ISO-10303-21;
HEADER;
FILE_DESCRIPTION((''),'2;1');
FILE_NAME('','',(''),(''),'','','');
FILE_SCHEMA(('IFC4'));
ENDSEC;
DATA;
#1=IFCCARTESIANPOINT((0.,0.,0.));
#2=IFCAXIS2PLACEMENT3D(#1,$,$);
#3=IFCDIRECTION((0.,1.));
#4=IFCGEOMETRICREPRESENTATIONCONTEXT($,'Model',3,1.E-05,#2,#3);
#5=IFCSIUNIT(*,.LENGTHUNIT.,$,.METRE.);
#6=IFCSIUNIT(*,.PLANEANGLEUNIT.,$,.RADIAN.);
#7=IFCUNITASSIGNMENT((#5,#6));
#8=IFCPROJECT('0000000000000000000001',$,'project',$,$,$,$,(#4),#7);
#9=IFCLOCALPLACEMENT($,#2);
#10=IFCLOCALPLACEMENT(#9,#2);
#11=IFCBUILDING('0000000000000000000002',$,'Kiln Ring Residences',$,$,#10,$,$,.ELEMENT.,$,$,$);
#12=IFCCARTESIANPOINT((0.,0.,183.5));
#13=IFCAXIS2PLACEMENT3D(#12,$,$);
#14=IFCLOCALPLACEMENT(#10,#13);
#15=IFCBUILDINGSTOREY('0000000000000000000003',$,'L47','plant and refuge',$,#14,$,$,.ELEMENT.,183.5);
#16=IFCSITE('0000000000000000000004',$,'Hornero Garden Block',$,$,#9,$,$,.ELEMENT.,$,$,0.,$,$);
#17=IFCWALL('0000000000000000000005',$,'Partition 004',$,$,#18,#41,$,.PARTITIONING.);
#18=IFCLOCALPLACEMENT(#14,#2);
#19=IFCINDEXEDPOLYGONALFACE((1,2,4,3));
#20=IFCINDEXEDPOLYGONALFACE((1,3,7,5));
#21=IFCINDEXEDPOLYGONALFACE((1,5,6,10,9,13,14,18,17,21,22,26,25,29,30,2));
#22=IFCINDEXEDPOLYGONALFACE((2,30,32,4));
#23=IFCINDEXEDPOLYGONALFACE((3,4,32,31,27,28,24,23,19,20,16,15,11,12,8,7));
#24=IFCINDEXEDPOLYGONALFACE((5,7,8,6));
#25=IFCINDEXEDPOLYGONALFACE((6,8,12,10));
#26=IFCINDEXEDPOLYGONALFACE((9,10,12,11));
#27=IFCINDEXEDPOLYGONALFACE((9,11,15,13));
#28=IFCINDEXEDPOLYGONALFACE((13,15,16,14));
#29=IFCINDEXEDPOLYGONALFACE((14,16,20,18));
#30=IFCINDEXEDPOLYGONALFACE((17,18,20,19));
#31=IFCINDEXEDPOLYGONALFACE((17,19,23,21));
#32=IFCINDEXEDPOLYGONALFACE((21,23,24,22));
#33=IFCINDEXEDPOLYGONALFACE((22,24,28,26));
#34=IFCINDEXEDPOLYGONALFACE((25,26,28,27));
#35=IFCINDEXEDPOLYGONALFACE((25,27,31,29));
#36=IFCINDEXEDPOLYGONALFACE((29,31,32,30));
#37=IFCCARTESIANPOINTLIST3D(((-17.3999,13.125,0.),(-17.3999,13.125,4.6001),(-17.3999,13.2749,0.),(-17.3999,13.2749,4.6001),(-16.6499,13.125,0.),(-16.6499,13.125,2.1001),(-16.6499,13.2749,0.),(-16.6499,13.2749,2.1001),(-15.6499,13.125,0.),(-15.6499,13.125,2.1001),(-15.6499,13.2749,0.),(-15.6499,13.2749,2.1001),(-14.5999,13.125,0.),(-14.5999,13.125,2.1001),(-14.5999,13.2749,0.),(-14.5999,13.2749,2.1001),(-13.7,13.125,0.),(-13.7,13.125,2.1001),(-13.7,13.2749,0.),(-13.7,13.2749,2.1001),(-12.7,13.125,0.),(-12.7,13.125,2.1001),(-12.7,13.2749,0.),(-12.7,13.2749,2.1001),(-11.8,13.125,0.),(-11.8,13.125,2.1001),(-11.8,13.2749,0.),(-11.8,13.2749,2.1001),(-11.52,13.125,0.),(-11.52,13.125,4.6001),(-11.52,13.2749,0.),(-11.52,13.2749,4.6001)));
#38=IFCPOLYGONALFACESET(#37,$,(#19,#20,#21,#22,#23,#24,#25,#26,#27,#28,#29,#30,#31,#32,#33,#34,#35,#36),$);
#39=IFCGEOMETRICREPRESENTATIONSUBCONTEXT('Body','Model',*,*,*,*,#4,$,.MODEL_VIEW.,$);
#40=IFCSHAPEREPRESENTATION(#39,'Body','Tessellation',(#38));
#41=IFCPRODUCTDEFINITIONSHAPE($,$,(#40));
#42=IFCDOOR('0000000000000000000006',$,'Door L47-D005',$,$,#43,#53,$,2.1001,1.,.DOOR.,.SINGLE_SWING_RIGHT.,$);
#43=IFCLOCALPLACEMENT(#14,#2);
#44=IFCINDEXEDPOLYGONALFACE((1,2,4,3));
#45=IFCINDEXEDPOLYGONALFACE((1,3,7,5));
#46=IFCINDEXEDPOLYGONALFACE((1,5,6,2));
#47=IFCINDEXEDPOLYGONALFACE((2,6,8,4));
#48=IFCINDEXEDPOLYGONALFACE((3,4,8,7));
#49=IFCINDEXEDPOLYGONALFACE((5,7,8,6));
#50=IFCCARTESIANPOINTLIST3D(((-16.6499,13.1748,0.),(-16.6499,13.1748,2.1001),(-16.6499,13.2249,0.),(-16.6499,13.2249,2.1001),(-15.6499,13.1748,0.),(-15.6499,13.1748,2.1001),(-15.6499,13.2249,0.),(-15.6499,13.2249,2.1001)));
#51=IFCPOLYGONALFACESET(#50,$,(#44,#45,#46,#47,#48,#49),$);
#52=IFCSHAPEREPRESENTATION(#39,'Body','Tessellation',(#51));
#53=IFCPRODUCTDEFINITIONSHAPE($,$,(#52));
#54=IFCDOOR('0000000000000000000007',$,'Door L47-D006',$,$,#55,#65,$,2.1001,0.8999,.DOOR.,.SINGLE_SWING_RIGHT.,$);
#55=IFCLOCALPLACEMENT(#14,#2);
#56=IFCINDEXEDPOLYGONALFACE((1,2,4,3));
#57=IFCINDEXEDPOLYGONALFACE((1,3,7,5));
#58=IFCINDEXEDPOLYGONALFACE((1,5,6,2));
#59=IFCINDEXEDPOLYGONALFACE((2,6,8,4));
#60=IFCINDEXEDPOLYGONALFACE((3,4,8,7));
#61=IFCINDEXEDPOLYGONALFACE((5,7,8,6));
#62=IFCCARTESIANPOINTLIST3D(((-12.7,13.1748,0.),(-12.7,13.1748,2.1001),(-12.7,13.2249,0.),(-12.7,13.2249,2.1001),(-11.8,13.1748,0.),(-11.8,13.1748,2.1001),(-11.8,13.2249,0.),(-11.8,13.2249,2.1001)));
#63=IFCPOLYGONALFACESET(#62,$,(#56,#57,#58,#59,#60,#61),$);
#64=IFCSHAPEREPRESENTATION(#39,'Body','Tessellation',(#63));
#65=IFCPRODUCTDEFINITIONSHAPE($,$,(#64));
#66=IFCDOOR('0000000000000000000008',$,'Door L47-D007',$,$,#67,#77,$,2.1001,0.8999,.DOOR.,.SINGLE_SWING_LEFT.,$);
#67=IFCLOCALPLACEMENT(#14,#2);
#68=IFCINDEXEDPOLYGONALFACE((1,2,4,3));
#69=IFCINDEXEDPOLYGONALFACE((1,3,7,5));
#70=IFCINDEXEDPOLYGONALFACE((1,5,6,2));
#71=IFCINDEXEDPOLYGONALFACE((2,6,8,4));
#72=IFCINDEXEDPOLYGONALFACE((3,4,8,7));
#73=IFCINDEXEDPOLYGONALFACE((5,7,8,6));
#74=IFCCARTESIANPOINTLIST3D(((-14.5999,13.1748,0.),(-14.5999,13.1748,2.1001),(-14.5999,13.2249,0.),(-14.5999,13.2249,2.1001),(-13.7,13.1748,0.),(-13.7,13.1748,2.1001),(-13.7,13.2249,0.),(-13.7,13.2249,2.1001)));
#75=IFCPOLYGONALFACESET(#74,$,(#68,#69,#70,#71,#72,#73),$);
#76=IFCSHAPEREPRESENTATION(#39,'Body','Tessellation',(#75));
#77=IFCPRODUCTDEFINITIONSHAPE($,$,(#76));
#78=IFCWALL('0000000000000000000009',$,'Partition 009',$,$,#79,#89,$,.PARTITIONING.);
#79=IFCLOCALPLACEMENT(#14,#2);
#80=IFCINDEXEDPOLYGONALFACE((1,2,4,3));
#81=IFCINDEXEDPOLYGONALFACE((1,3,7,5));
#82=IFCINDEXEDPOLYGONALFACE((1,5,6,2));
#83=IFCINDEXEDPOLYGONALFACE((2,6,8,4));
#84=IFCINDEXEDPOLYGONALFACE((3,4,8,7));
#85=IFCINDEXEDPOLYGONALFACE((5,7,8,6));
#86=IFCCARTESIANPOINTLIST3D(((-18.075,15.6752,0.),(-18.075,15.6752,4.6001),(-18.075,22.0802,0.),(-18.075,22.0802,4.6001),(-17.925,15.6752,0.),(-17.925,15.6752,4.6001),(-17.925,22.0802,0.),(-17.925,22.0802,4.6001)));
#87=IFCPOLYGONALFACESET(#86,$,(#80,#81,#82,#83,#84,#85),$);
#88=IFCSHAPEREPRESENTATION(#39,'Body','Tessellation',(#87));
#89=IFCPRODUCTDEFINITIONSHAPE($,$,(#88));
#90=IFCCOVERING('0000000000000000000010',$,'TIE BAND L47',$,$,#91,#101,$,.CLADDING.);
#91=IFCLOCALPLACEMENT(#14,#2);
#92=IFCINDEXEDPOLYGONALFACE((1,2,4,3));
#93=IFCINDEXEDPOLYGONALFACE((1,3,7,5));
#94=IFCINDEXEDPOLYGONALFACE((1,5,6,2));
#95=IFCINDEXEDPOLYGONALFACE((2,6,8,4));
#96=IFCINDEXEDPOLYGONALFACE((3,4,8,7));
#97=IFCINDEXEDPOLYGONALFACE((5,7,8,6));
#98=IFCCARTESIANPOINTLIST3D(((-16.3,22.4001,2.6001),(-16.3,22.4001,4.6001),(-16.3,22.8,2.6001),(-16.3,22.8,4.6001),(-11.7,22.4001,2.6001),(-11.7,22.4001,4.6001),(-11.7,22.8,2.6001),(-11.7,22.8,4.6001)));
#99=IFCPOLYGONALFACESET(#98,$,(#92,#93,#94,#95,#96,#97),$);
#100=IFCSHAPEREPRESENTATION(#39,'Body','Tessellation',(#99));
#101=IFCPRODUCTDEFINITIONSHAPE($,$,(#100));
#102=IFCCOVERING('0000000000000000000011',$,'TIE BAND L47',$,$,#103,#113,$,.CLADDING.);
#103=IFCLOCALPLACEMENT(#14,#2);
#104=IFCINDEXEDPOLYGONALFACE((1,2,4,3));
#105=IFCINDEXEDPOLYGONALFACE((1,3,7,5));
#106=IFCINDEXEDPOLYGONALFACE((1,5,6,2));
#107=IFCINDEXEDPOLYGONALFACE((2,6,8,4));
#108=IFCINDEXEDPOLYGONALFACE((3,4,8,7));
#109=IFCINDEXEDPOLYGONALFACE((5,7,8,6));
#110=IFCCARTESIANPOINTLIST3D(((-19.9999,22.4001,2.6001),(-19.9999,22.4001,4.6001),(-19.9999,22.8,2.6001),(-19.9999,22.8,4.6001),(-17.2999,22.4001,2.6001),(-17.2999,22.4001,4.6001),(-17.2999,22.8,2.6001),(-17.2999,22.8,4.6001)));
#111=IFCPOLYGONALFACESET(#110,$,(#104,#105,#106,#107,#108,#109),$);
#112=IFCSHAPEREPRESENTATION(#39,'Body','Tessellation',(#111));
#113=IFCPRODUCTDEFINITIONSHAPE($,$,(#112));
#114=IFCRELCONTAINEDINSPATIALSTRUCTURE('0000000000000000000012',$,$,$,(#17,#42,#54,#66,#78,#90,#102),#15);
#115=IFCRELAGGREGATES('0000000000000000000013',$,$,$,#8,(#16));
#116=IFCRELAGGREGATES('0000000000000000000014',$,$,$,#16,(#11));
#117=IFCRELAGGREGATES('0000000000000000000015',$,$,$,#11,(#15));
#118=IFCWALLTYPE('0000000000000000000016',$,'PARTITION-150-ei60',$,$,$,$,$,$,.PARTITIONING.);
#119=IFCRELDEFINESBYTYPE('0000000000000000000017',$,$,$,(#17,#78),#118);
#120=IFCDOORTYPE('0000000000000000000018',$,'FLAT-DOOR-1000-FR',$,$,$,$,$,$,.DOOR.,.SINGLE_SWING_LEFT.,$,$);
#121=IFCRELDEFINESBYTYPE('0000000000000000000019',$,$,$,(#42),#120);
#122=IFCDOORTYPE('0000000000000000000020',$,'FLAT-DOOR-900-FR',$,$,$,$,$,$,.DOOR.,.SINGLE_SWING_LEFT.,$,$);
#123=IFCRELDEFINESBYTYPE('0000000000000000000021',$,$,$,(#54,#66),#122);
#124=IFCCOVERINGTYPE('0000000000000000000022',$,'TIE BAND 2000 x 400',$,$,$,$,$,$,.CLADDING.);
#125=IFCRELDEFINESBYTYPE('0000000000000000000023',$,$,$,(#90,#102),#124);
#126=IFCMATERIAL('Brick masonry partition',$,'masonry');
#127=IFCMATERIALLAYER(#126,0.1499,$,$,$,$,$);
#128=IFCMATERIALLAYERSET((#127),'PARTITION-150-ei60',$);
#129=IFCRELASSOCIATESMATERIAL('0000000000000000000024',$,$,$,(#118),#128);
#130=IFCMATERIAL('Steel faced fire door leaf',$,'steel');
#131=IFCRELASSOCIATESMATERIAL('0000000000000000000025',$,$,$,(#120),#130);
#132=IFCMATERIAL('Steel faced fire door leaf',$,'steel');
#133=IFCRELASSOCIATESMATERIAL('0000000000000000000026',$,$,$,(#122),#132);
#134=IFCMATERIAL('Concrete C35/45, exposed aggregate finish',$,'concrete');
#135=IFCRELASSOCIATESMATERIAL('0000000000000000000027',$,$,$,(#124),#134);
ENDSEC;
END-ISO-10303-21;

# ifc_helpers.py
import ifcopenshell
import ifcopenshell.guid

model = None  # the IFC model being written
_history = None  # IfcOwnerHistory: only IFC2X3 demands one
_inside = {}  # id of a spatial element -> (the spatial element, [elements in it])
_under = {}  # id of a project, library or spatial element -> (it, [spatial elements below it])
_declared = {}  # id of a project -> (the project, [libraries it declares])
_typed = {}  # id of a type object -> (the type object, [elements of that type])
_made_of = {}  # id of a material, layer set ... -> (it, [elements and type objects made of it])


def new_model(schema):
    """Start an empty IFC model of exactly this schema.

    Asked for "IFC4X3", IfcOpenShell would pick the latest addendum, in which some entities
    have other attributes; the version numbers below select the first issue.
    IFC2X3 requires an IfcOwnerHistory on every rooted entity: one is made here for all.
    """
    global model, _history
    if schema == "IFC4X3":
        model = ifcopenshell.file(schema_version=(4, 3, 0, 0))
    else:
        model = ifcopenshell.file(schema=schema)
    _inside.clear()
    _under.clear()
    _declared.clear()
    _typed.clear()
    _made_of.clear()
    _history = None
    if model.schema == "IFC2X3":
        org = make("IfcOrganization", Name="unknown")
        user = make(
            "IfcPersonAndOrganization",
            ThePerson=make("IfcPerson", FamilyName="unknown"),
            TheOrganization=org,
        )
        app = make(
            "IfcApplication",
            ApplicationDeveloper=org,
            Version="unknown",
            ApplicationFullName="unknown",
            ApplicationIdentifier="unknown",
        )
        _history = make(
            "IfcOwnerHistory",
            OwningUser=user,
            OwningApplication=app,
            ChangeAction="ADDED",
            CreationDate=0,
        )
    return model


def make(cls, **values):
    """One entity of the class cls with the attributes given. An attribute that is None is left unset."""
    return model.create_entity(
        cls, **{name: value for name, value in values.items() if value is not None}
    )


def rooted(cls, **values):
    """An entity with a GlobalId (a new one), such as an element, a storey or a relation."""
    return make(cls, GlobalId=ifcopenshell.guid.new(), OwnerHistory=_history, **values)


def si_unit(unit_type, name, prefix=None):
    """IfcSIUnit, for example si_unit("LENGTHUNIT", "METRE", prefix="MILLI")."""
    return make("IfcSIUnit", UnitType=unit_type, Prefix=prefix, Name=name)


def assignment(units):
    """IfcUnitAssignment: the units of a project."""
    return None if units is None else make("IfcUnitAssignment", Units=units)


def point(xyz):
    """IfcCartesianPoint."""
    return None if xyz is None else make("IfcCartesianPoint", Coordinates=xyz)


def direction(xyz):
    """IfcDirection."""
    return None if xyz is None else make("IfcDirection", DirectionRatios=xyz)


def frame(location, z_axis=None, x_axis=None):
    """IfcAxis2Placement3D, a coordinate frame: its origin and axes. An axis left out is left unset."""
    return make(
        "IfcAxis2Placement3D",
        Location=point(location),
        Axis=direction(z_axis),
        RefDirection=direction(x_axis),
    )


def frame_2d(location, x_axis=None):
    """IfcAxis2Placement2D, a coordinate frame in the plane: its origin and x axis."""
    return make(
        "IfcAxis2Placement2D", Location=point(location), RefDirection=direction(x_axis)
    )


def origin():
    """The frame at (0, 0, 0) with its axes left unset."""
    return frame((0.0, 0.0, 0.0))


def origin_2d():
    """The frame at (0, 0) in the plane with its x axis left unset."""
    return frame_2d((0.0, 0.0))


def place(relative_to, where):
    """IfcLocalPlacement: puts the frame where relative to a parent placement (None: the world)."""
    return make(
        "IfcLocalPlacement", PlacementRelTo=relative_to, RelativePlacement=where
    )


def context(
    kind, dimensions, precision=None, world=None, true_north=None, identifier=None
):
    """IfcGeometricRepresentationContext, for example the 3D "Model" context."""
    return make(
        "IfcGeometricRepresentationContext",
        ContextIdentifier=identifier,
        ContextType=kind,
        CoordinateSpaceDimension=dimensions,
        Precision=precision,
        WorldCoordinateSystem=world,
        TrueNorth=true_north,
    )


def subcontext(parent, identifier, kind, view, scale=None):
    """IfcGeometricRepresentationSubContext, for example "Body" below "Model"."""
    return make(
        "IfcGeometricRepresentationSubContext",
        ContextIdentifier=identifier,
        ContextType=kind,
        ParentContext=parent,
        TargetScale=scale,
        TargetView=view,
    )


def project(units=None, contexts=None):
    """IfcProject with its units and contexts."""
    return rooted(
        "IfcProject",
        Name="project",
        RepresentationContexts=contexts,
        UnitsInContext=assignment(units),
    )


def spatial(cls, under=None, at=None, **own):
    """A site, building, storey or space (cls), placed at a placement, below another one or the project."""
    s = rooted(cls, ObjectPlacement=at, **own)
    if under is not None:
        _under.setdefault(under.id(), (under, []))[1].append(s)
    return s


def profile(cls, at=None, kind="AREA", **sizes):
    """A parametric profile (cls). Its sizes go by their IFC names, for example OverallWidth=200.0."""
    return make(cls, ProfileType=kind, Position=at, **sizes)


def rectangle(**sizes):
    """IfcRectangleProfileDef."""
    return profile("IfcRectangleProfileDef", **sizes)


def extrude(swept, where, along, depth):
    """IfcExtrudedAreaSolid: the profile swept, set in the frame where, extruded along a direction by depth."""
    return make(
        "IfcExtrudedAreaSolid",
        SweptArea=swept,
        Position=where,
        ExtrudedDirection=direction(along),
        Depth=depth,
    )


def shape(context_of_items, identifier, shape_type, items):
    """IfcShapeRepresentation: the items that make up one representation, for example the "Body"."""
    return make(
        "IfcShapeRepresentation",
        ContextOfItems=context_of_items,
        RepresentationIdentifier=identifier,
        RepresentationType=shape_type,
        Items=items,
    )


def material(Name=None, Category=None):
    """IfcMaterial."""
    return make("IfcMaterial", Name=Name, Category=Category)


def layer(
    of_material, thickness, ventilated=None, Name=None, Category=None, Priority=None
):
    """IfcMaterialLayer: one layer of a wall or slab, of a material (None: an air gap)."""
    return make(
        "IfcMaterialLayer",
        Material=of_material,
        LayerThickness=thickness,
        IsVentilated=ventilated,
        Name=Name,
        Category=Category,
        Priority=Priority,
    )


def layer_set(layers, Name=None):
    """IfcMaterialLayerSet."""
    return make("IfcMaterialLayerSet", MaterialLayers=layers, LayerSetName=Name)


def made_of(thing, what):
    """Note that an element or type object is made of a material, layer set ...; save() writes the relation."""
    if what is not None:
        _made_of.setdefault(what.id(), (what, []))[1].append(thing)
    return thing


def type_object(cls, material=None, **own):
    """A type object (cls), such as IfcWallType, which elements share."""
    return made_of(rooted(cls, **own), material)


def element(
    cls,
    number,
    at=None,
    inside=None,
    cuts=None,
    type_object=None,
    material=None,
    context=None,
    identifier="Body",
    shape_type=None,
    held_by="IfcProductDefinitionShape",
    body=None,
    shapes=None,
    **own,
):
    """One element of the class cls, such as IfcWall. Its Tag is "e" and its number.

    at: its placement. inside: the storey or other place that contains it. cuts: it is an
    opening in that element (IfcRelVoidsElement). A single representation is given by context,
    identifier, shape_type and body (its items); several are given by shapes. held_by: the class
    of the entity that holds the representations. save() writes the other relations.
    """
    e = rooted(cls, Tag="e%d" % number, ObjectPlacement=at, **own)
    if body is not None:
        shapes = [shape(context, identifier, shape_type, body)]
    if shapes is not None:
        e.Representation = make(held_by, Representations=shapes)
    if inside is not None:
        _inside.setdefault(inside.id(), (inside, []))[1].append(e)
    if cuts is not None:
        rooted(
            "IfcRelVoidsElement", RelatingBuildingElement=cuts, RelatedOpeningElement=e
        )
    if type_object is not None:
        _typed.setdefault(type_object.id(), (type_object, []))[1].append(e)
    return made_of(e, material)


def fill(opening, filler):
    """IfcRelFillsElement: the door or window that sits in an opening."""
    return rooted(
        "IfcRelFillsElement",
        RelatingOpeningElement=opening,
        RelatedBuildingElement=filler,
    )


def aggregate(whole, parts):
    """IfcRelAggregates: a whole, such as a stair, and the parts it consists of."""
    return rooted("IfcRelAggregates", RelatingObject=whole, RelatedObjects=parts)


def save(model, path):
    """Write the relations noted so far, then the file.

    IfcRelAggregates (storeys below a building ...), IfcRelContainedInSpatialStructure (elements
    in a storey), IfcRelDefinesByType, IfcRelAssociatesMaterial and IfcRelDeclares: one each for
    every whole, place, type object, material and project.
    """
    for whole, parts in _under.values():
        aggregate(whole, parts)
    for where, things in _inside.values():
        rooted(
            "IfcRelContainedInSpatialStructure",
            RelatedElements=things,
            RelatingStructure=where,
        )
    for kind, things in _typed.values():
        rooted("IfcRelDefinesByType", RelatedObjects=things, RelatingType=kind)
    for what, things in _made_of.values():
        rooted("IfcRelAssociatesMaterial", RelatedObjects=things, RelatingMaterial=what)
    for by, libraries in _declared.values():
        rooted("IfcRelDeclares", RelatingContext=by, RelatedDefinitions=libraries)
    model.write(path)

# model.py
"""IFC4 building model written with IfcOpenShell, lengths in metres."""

from ifc_helpers import new_model, si_unit, direction, frame, frame_2d, origin, origin_2d, place, context, subcontext, project, spatial, rectangle, extrude, material, layer, layer_set, type_object, element, fill, save


model = new_model("IFC4")

# Units and contexts
model_context = context("Model", 3, precision=1e-05, world=origin(), true_north=direction((0.0, 1.0)))
body_context = subcontext(model_context, "Body", "Model", "MODEL_VIEW")
ifc_project = project(units=[si_unit("LENGTHUNIT", "METRE"), si_unit("PLANEANGLEUNIT", "RADIAN")], contexts=[model_context])

# Site, building, storey
site_placement = place(None, origin())
site = spatial("IfcSite", under=ifc_project, at=site_placement, Name="Hornero Garden Block", CompositionType="ELEMENT", RefElevation=0.0)
building_placement = place(site_placement, origin())
building = spatial("IfcBuilding", under=site, at=building_placement, Name="Kiln Ring Residences", CompositionType="ELEMENT")
storey_placement = place(building_placement, frame((0.0, 0.0, 183.5)))
storey = spatial("IfcBuildingStorey", under=building, at=storey_placement, Name="L47", Description="plant and refuge", CompositionType="ELEMENT", Elevation=183.5)

# Wall, openings, doors
ifc_material_1 = material(Name="Brick masonry partition", Category="masonry")
ifc_layer_1 = layer(ifc_material_1, 0.1499)
ifc_layer_set_1 = layer_set([ifc_layer_1], Name="PARTITION-150-ei60")
wall_type_1 = type_object("IfcWallType", Name="PARTITION-150-ei60", PredefinedType="PARTITIONING", material=ifc_layer_set_1)
wall_1_placement = place(storey_placement, frame((-17.3999, 13.2, 0.0), z_axis=(0.0, 0.0, 1.0), x_axis=(1.0, 0.0, 0.0)))
wall_1 = element("IfcWall", 1, at=wall_1_placement, inside=storey, type_object=wall_type_1, Name="Partition 004", PredefinedType="PARTITIONING", context=body_context, shape_type="SweptSolid", body=[
    extrude(rectangle(XDim=5.8799, YDim=0.1499, at=frame_2d((2.9399, 0.0))), origin(), (0.0, 0.0, 1.0), 4.6001),
])
opening_1_placement = place(wall_1_placement, frame((0.75, 0.0, 0.0)))
opening_1 = element("IfcOpeningElement", 2, at=opening_1_placement, cuts=wall_1, PredefinedType="OPENING", context=body_context, shape_type="SweptSolid", body=[
    extrude(rectangle(XDim=1.0, YDim=2.1001, at=frame_2d((0.5, 1.05))), frame((0.0, 0.085, 0.0), z_axis=(0.0, -1.0, 0.0), x_axis=(1.0, 0.0, 0.0)), (0.0, 0.0, 1.0), 0.1699),
])
opening_2_placement = place(wall_1_placement, frame((4.7, 0.0, 0.0)))
opening_2 = element("IfcOpeningElement", 3, at=opening_2_placement, cuts=wall_1, PredefinedType="OPENING", context=body_context, shape_type="SweptSolid", body=[
    extrude(rectangle(XDim=0.8999, YDim=2.1001, at=frame_2d((0.45, 1.05))), frame((0.0, 0.085, 0.0), z_axis=(0.0, -1.0, 0.0), x_axis=(1.0, 0.0, 0.0)), (0.0, 0.0, 1.0), 0.1699),
])
opening_3_placement = place(wall_1_placement, frame((2.8, 0.0, 0.0)))
opening_3 = element("IfcOpeningElement", 4, at=opening_3_placement, cuts=wall_1, PredefinedType="OPENING", context=body_context, shape_type="SweptSolid", body=[
    extrude(rectangle(XDim=0.8999, YDim=2.1001, at=frame_2d((0.45, 1.05))), frame((0.0, 0.085, 0.0), z_axis=(0.0, -1.0, 0.0), x_axis=(1.0, 0.0, 0.0)), (0.0, 0.0, 1.0), 0.1699),
])
ifc_material_2 = material(Name="Steel faced fire door leaf", Category="steel")
door_type_1 = type_object("IfcDoorType", Name="FLAT-DOOR-1000-FR", OperationType="SINGLE_SWING_LEFT", PredefinedType="DOOR", material=ifc_material_2)
door_1_placement = place(opening_1_placement, origin())
door_1 = element("IfcDoor", 5, at=door_1_placement, inside=storey, type_object=door_type_1, Name="Door L47-D005", OperationType="SINGLE_SWING_RIGHT", OverallHeight=2.1001, OverallWidth=1.0, PredefinedType="DOOR", context=body_context, shape_type="SweptSolid", body=[
    extrude(rectangle(XDim=1.0, YDim=2.1001, at=frame_2d((0.5, 1.05))), frame((0.0, 0.0249, 0.0), z_axis=(0.0, -1.0, 0.0), x_axis=(1.0, 0.0, 0.0)), (0.0, 0.0, 1.0), 0.05),
])
fill(opening_1, door_1)
ifc_material_3 = material(Name="Steel faced fire door leaf", Category="steel")
door_type_2 = type_object("IfcDoorType", Name="FLAT-DOOR-900-FR", OperationType="SINGLE_SWING_LEFT", PredefinedType="DOOR", material=ifc_material_3)
door_2_placement = place(opening_2_placement, origin())
door_2 = element("IfcDoor", 6, at=door_2_placement, inside=storey, type_object=door_type_2, Name="Door L47-D006", OperationType="SINGLE_SWING_RIGHT", OverallHeight=2.1001, OverallWidth=0.8999, PredefinedType="DOOR", context=body_context, shape_type="SweptSolid", body=[
    extrude(rectangle(XDim=0.8999, YDim=2.1001, at=frame_2d((0.45, 1.05))), frame((0.0, 0.0249, 0.0), z_axis=(0.0, -1.0, 0.0), x_axis=(1.0, 0.0, 0.0)), (0.0, 0.0, 1.0), 0.05),
])
fill(opening_2, door_2)
door_3_placement = place(opening_3_placement, origin())
door_3 = element("IfcDoor", 7, at=door_3_placement, inside=storey, type_object=door_type_2, Name="Door L47-D007", OperationType="SINGLE_SWING_LEFT", OverallHeight=2.1001, OverallWidth=0.8999, PredefinedType="DOOR", context=body_context, shape_type="SweptSolid", body=[
    extrude(rectangle(XDim=0.8999, YDim=2.1001, at=frame_2d((0.45, 1.05))), frame((0.0, 0.0249, 0.0), z_axis=(0.0, -1.0, 0.0), x_axis=(1.0, 0.0, 0.0)), (0.0, 0.0, 1.0), 0.05),
])
fill(opening_3, door_3)

# Wall
wall_2_placement = place(storey_placement, frame((-18.0, 15.675, 0.0), z_axis=(0.0, 0.0, 1.0), x_axis=(0.0, 1.0, 0.0)))
element("IfcWall", 8, at=wall_2_placement, inside=storey, type_object=wall_type_1, Name="Partition 009", PredefinedType="PARTITIONING", context=body_context, shape_type="SweptSolid", body=[
    extrude(rectangle(XDim=6.405, YDim=0.1499, at=frame_2d((3.2026, 0.0))), origin(), (0.0, 0.0, 1.0), 4.6001),
])

# Coverings
ifc_material_4 = material(Name="Concrete C35/45, exposed aggregate finish", Category="concrete")
covering_type = type_object("IfcCoveringType", Name="TIE BAND 2000 x 400", PredefinedType="CLADDING", material=ifc_material_4)
covering_1_placement = place(storey_placement, frame((-14.0, 22.6001, 2.6001), z_axis=(0.0, 0.0, 1.0), x_axis=(-1.0, 0.0, 0.0)))
element("IfcCovering", 9, at=covering_1_placement, inside=storey, type_object=covering_type, Name="TIE BAND L47", PredefinedType="CLADDING", context=body_context, shape_type="SweptSolid", body=[
    extrude(rectangle(XDim=4.6001, YDim=0.3999, at=origin_2d()), origin(), (0.0, 0.0, 1.0), 2.0),
])
covering_2_placement = place(storey_placement, frame((-18.6499, 22.6001, 2.6001), z_axis=(0.0, 0.0, 1.0), x_axis=(-1.0, 0.0, 0.0)))
element("IfcCovering", 10, at=covering_2_placement, inside=storey, type_object=covering_type, Name="TIE BAND L47", PredefinedType="CLADDING", context=body_context, shape_type="SweptSolid", body=[
    extrude(rectangle(XDim=2.7, YDim=0.3999, at=origin_2d()), origin(), (0.0, 0.0, 1.0), 2.0),
])

save(model, "model.ifc")
